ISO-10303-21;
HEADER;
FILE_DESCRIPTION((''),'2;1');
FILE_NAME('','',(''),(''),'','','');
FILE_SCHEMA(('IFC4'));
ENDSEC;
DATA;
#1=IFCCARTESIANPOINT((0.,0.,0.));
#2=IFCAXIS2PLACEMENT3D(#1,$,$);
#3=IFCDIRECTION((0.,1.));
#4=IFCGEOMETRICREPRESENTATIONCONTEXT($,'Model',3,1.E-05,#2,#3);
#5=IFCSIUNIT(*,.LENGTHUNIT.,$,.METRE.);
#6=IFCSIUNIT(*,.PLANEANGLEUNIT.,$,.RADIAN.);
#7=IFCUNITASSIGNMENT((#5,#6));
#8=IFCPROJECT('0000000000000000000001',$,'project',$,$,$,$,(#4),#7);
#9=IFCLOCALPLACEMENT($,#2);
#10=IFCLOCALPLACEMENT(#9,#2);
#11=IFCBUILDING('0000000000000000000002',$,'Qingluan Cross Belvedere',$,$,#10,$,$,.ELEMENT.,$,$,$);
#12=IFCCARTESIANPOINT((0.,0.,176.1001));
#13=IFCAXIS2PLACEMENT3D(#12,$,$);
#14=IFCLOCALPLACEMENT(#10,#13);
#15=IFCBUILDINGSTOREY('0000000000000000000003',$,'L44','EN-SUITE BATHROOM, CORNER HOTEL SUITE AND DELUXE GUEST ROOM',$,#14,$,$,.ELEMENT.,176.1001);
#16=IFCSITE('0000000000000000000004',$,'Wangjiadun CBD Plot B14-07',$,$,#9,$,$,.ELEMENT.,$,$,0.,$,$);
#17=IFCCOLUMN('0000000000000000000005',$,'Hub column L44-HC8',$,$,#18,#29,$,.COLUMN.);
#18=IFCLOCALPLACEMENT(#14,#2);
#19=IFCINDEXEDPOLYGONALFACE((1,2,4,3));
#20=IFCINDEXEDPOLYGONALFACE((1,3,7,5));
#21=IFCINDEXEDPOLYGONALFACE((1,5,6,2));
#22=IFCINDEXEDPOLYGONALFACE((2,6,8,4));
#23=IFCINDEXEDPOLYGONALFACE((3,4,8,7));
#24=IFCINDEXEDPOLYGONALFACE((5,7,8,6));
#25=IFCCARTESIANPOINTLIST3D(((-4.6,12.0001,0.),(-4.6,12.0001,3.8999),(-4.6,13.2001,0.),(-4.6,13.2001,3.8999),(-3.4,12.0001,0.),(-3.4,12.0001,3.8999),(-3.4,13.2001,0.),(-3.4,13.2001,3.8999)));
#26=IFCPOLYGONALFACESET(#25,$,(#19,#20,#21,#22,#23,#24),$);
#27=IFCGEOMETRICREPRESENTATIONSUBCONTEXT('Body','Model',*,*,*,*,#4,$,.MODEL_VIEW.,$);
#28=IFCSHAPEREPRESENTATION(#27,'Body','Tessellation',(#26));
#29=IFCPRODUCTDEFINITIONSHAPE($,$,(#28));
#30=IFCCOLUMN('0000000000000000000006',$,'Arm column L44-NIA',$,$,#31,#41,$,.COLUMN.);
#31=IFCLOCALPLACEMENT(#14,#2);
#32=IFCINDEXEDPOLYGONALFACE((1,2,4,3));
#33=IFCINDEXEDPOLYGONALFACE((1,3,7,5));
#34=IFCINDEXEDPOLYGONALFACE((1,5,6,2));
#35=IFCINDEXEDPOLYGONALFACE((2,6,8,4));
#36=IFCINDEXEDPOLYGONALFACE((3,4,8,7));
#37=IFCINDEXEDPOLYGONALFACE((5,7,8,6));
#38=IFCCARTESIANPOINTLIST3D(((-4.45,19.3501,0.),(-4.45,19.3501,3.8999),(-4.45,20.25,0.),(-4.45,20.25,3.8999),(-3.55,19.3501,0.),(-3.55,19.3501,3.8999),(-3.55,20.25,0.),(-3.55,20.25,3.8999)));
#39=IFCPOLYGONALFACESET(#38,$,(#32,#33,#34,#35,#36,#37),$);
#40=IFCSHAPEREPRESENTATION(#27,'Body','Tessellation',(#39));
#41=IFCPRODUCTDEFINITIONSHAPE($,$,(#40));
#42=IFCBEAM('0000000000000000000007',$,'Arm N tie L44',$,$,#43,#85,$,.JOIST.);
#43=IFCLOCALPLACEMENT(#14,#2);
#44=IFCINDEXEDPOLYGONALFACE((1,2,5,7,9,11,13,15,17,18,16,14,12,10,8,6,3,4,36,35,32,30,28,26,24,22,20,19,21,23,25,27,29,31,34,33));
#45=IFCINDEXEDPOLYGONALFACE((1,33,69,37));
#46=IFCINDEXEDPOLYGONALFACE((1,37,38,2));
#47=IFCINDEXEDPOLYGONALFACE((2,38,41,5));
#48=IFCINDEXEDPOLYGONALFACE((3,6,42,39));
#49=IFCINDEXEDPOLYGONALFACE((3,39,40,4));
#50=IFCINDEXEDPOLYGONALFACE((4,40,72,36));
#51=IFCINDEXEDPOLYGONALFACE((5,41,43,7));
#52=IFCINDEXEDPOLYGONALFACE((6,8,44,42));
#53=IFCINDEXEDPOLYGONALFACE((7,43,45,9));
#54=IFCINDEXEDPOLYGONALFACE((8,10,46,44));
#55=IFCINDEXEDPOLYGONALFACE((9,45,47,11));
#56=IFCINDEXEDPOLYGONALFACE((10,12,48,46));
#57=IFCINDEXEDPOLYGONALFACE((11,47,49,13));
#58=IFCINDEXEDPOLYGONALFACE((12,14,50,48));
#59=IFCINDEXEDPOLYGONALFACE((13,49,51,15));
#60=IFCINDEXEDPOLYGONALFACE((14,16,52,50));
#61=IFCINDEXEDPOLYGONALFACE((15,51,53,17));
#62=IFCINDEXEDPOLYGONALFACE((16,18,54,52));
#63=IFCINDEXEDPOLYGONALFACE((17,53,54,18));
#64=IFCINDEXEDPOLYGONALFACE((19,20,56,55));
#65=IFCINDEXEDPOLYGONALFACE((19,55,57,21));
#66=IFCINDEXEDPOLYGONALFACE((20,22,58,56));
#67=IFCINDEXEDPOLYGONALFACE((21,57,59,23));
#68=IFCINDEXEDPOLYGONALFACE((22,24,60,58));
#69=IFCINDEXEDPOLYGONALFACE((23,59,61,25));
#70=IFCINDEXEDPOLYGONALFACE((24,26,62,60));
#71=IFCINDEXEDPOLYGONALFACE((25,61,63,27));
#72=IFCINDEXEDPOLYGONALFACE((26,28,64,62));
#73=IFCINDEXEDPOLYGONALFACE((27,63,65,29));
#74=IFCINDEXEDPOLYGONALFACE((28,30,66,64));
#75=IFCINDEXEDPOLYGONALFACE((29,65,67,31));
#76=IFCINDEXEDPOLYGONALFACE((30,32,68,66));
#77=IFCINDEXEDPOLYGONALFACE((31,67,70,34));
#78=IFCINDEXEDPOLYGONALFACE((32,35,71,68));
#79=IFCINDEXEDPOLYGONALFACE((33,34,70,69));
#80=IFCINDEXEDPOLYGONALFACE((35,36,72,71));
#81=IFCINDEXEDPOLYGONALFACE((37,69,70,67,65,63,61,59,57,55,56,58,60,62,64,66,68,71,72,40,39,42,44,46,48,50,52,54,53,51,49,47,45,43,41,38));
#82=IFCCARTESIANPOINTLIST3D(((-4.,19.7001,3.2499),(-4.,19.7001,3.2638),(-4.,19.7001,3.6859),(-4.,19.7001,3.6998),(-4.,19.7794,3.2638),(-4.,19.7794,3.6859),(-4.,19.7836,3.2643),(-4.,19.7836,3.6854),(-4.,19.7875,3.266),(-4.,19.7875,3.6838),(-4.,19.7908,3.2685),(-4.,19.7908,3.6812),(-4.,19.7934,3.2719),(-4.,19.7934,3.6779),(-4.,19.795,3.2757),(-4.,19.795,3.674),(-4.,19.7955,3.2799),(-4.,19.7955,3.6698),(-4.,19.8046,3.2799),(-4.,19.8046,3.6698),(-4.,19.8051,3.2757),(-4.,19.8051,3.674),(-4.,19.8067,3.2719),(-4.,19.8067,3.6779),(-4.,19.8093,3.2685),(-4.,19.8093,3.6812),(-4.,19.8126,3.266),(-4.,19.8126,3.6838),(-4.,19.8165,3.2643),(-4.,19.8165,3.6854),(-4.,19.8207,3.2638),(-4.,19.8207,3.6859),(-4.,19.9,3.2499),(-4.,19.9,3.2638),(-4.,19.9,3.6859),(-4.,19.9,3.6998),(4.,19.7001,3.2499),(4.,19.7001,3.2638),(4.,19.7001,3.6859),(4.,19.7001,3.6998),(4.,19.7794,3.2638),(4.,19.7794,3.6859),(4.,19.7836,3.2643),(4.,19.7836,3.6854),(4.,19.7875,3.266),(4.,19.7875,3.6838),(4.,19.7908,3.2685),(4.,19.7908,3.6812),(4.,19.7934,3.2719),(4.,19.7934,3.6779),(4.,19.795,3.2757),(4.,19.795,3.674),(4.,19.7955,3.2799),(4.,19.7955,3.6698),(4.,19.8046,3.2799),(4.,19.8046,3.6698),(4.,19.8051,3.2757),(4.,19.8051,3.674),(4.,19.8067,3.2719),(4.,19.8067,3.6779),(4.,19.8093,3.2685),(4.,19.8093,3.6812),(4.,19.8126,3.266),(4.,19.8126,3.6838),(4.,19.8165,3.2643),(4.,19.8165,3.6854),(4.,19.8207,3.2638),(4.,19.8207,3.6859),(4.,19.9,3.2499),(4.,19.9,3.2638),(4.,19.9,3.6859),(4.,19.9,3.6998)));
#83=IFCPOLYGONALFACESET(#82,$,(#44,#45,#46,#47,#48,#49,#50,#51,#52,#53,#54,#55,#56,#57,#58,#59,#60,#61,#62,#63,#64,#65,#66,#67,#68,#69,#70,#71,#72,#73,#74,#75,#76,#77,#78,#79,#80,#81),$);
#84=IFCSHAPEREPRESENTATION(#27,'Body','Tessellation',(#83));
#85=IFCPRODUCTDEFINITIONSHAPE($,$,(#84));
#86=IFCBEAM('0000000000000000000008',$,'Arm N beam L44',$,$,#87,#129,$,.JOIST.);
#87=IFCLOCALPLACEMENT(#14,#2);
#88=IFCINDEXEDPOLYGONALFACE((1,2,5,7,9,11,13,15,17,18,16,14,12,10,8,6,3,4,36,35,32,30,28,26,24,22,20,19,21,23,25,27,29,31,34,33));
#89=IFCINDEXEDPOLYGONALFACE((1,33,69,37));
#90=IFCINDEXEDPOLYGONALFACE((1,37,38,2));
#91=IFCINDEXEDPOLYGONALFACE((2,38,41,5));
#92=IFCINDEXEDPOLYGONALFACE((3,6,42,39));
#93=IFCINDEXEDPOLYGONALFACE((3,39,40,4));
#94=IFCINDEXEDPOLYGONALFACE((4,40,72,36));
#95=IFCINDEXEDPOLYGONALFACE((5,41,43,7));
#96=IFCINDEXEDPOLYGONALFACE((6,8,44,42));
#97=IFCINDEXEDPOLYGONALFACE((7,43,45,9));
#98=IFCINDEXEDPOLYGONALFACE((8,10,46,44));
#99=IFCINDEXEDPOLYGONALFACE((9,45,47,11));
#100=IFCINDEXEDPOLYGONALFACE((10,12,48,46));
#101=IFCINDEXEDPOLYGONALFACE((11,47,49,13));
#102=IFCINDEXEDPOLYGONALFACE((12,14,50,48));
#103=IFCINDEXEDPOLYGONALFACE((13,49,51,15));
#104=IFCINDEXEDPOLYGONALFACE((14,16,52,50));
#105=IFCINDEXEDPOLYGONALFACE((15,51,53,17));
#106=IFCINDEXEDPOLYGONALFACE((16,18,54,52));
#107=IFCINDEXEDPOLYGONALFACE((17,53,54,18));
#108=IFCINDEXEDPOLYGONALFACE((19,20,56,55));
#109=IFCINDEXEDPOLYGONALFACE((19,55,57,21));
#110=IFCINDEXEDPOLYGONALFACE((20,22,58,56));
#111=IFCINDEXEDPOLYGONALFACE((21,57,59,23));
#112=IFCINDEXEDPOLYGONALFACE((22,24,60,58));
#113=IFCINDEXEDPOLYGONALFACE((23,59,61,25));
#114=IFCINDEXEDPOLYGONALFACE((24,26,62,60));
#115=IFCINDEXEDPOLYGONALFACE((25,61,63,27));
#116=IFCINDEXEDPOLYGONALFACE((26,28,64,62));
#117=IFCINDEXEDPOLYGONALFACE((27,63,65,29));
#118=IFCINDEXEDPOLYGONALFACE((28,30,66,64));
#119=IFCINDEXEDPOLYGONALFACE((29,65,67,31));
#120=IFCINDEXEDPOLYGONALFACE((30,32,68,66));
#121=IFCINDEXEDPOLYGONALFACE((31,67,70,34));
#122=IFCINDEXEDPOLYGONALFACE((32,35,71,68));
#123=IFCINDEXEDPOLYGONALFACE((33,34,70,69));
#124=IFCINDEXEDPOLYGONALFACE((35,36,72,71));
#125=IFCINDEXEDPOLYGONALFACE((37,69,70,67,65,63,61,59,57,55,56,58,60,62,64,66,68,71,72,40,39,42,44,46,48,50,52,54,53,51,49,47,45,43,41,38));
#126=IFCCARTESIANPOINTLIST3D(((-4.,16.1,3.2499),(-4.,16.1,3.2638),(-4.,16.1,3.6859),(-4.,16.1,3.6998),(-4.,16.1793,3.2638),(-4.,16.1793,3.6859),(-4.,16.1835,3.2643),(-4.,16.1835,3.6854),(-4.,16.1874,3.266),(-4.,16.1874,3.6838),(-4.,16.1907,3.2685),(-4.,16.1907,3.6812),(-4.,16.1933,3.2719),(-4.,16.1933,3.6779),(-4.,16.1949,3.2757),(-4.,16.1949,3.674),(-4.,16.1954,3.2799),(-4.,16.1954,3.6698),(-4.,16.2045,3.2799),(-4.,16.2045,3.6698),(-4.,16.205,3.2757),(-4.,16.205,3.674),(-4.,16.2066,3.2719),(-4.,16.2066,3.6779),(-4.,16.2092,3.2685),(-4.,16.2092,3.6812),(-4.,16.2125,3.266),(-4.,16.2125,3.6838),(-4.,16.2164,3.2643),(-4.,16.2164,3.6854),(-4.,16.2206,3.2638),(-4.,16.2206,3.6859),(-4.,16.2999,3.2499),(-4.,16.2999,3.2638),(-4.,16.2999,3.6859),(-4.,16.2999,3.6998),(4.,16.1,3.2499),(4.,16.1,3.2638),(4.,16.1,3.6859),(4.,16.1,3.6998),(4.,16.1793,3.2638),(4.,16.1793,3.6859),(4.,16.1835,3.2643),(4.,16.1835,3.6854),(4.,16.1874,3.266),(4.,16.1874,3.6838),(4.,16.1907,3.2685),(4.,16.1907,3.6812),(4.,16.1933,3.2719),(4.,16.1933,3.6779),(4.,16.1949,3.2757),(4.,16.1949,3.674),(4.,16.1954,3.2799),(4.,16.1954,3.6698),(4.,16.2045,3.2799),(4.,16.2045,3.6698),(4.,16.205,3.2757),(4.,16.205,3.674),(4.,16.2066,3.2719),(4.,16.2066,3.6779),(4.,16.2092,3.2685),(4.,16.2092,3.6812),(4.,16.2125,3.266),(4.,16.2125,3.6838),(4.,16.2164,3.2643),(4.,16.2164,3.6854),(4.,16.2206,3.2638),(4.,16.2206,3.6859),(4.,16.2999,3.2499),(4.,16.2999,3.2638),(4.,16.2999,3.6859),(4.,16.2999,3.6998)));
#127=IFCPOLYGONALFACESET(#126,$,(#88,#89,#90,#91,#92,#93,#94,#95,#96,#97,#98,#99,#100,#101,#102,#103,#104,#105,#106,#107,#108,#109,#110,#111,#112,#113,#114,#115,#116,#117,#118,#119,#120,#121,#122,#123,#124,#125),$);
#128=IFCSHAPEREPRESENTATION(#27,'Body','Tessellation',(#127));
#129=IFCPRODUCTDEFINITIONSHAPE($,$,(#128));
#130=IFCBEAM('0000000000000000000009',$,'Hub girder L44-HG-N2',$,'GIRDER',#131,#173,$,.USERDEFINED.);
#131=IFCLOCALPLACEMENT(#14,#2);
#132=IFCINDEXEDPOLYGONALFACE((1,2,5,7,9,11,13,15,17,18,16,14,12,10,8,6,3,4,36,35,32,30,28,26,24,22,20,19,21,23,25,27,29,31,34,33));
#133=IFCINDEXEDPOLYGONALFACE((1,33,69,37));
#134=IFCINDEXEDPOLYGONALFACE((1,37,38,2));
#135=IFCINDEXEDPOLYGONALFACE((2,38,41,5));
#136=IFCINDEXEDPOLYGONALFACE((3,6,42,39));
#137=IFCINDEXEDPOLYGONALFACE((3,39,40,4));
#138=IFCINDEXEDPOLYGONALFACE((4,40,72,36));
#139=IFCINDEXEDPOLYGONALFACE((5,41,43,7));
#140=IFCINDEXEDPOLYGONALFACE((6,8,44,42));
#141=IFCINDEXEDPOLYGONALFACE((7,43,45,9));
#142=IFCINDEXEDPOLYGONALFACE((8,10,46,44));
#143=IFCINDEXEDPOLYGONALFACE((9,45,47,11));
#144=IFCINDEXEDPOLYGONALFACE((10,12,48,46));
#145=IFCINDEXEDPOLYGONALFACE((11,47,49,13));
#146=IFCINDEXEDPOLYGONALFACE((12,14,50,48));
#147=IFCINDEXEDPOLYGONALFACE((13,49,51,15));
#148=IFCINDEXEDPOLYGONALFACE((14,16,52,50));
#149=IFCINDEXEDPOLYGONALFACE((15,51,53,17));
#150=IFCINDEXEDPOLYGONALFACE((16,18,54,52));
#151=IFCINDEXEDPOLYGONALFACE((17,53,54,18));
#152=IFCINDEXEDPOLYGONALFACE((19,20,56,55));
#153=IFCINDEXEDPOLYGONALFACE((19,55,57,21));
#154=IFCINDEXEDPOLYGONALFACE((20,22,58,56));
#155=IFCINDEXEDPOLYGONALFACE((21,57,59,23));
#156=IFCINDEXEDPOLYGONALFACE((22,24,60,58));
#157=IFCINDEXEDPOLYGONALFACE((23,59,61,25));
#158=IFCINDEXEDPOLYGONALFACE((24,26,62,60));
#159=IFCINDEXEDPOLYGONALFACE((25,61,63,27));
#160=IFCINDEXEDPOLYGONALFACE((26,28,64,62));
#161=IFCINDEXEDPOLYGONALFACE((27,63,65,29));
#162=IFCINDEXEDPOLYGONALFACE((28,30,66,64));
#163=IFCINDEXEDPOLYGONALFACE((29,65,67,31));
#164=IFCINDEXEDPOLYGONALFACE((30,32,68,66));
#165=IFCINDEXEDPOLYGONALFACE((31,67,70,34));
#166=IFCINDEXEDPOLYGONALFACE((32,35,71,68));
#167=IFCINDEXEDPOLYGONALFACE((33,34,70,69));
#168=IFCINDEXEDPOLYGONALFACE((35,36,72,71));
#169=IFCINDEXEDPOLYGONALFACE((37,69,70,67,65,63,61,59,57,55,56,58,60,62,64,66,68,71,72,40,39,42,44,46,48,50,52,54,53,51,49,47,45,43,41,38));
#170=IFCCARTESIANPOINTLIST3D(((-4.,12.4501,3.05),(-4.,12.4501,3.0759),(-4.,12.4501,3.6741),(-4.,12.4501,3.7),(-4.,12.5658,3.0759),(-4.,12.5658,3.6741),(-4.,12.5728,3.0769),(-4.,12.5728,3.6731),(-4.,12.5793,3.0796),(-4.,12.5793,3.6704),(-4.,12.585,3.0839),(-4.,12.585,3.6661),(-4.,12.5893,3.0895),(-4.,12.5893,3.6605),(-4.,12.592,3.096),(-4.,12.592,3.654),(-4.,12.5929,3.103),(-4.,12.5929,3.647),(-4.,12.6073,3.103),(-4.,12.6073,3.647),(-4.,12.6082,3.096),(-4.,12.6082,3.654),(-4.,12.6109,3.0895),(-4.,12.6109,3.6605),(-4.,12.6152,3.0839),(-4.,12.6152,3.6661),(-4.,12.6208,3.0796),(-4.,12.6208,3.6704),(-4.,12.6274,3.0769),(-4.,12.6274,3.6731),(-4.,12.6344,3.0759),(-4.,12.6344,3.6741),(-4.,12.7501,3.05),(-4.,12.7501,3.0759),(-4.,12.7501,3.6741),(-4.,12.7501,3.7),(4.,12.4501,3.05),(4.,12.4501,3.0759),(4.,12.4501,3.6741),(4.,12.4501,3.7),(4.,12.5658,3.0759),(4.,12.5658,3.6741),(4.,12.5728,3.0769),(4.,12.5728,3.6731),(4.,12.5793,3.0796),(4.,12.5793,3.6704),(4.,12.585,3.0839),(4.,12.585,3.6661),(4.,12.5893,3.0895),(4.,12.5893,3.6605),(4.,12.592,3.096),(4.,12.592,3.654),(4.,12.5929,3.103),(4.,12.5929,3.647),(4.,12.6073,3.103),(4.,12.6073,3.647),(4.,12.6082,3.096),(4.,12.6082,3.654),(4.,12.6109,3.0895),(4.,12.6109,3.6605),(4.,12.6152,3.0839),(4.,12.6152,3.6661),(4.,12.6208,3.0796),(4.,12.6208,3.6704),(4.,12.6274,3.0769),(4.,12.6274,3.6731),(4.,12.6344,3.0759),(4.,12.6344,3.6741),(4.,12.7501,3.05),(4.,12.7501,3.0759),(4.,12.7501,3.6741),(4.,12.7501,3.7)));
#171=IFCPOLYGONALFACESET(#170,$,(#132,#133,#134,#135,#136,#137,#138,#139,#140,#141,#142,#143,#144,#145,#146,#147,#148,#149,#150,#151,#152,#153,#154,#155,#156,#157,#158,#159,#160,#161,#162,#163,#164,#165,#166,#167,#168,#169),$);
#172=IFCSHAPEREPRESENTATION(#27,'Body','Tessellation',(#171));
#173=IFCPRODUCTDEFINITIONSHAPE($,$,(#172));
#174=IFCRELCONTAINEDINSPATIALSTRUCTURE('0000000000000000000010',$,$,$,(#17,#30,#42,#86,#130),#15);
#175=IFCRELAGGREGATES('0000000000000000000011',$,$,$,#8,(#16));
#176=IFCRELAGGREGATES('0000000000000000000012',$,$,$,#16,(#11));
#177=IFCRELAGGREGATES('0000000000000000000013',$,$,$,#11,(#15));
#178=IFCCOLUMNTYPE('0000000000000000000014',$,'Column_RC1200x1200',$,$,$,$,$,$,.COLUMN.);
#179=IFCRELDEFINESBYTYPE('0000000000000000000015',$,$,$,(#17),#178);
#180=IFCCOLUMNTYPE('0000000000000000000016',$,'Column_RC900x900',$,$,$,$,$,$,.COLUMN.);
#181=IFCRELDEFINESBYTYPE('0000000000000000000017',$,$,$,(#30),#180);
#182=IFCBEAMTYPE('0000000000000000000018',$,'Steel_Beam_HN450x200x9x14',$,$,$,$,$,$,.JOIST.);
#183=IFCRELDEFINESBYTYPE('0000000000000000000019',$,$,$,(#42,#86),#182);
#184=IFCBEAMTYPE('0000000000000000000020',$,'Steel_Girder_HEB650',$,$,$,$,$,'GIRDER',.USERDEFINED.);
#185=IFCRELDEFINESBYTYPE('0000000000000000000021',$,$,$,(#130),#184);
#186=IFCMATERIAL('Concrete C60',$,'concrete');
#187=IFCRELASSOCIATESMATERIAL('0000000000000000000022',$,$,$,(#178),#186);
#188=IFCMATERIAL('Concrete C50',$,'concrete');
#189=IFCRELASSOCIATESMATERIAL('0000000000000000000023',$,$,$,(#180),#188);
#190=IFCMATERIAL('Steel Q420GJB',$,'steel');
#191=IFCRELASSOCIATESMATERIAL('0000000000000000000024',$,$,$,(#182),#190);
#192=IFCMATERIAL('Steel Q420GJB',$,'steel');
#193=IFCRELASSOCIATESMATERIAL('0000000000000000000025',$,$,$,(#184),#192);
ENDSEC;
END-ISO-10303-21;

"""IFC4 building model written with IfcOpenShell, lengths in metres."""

from ifc_helpers import new_model, si_unit, direction, frame, origin, origin_2d, place, context, subcontext, project, spatial, rectangle, i_section, extrude, material, material_profile, profile_set, type_object, element, save


model = new_model("IFC4")

# Units and contexts
model_context = context("Model", 3, precision=1e-05, world=origin(), true_north=direction((0.0, 1.0)))
body_context = subcontext(model_context, "Body", "Model", "MODEL_VIEW")
ifc_project = project(units=[si_unit("LENGTHUNIT", "METRE"), si_unit("PLANEANGLEUNIT", "RADIAN")], contexts=[model_context])

# Site, building, storey
site_placement = place(None, origin())
site = spatial("IfcSite", under=ifc_project, at=site_placement, Name="Wangjiadun CBD Plot B14-07", CompositionType="ELEMENT", RefElevation=0.0)
building_placement = place(site_placement, origin())
building = spatial("IfcBuilding", under=site, at=building_placement, Name="Qingluan Cross Belvedere", CompositionType="ELEMENT")
storey_placement = place(building_placement, frame((0.0, 0.0, 176.1001)))
storey = spatial("IfcBuildingStorey", under=building, at=storey_placement, Name="L44", Description="EN-SUITE BATHROOM, CORNER HOTEL SUITE AND DELUXE GUEST ROOM", CompositionType="ELEMENT", Elevation=176.1001)

# Columns
ifc_material_1 = material(Name="Concrete C60", Category="concrete")
ifc_material_profile_1 = material_profile(ifc_material_1, rectangle(XDim=1.2, YDim=1.2, at=origin_2d()), Name="RC1200x1200")
ifc_profile_set_1 = profile_set([ifc_material_profile_1], Name="Concrete C60")
column_type_1 = type_object("IfcColumnType", Name="Column_RC1200x1200", PredefinedType="COLUMN", material=ifc_profile_set_1)
column_1_placement = place(storey_placement, frame((-4.0, 12.6001, 0.0), z_axis=(0.0, 0.0, 1.0), x_axis=(1.0, 0.0, 0.0)))
element("IfcColumn", 1, at=column_1_placement, inside=storey, type_object=column_type_1, Name="Hub column L44-HC8", PredefinedType="COLUMN", context=body_context, shape_type="SweptSolid", body=[
    extrude(rectangle(XDim=1.2, YDim=1.2, at=origin_2d()), origin(), (0.0, 0.0, 1.0), 3.8999),
])
ifc_material_2 = material(Name="Concrete C50", Category="concrete")
ifc_material_profile_2 = material_profile(ifc_material_2, rectangle(XDim=0.8999, YDim=0.8999, at=origin_2d()), Name="RC900x900")
ifc_profile_set_2 = profile_set([ifc_material_profile_2], Name="Concrete C50")
column_type_2 = type_object("IfcColumnType", Name="Column_RC900x900", PredefinedType="COLUMN", material=ifc_profile_set_2)
column_2_placement = place(storey_placement, frame((-4.0, 19.8, 0.0), z_axis=(0.0, 0.0, 1.0), x_axis=(1.0, 0.0, 0.0)))
element("IfcColumn", 2, at=column_2_placement, inside=storey, type_object=column_type_2, Name="Arm column L44-NIA", PredefinedType="COLUMN", context=body_context, shape_type="SweptSolid", body=[
    extrude(rectangle(XDim=0.8999, YDim=0.8999, at=origin_2d()), origin(), (0.0, 0.0, 1.0), 3.8999),
])

# Beams
ifc_material_3 = material(Name="Steel Q420GJB", Category="steel")
ifc_material_profile_3 = material_profile(ifc_material_3, i_section(OverallWidth=0.2, OverallDepth=0.45, WebThickness=0.009, FlangeThickness=0.0139, FilletRadius=0.0161, at=origin_2d()), Name="HN450x200x9x14")
ifc_profile_set_3 = profile_set([ifc_material_profile_3], Name="Steel Q420GJB")
beam_type_1 = type_object("IfcBeamType", Name="Steel_Beam_HN450x200x9x14", PredefinedType="JOIST", material=ifc_profile_set_3)
for number, where, z_axis, x_axis, name in (
    (3, (-4.0, 19.8, 3.4749), (1.0, 0.0, 0.0), (0.0, 1.0, 0.0), "Arm N tie L44"),
    (4, (-4.0, 16.2, 3.4749), (1.0, 0.0, 0.0), (0.0, 1.0, 0.0), "Arm N beam L44"),
):
    element("IfcBeam", number, at=place(storey_placement, frame(where, z_axis=z_axis, x_axis=x_axis)), inside=storey, type_object=beam_type_1, Name=name, PredefinedType="JOIST", context=body_context, shape_type="SweptSolid", body=[
        extrude(i_section(OverallWidth=0.2, OverallDepth=0.45, WebThickness=0.009, FlangeThickness=0.0139, FilletRadius=0.0161, at=origin_2d()), origin(), (0.0, 0.0, 1.0), 8.0),
    ])
ifc_material_4 = material(Name="Steel Q420GJB", Category="steel")
ifc_material_profile_4 = material_profile(ifc_material_4, i_section(OverallWidth=0.3, OverallDepth=0.6499, WebThickness=0.0144, FlangeThickness=0.0259, FilletRadius=0.0271, at=origin_2d()), Name="HEB650")
ifc_profile_set_4 = profile_set([ifc_material_profile_4], Name="Steel Q420GJB")
beam_type_2 = type_object("IfcBeamType", Name="Steel_Girder_HEB650", ElementType="GIRDER", PredefinedType="USERDEFINED", material=ifc_profile_set_4)
beam_1_placement = place(storey_placement, frame((-4.0, 12.6001, 3.375), z_axis=(1.0, 0.0, 0.0), x_axis=(0.0, 1.0, 0.0)))
element("IfcBeam", 5, at=beam_1_placement, inside=storey, type_object=beam_type_2, Name="Hub girder L44-HG-N2", ObjectType="GIRDER", PredefinedType="USERDEFINED", context=body_context, shape_type="SweptSolid", body=[
    extrude(i_section(OverallWidth=0.3, OverallDepth=0.6499, WebThickness=0.0144, FlangeThickness=0.0259, FilletRadius=0.0271, at=origin_2d()), origin(), (0.0, 0.0, 1.0), 8.0),
])

save(model, "model.ifc")
